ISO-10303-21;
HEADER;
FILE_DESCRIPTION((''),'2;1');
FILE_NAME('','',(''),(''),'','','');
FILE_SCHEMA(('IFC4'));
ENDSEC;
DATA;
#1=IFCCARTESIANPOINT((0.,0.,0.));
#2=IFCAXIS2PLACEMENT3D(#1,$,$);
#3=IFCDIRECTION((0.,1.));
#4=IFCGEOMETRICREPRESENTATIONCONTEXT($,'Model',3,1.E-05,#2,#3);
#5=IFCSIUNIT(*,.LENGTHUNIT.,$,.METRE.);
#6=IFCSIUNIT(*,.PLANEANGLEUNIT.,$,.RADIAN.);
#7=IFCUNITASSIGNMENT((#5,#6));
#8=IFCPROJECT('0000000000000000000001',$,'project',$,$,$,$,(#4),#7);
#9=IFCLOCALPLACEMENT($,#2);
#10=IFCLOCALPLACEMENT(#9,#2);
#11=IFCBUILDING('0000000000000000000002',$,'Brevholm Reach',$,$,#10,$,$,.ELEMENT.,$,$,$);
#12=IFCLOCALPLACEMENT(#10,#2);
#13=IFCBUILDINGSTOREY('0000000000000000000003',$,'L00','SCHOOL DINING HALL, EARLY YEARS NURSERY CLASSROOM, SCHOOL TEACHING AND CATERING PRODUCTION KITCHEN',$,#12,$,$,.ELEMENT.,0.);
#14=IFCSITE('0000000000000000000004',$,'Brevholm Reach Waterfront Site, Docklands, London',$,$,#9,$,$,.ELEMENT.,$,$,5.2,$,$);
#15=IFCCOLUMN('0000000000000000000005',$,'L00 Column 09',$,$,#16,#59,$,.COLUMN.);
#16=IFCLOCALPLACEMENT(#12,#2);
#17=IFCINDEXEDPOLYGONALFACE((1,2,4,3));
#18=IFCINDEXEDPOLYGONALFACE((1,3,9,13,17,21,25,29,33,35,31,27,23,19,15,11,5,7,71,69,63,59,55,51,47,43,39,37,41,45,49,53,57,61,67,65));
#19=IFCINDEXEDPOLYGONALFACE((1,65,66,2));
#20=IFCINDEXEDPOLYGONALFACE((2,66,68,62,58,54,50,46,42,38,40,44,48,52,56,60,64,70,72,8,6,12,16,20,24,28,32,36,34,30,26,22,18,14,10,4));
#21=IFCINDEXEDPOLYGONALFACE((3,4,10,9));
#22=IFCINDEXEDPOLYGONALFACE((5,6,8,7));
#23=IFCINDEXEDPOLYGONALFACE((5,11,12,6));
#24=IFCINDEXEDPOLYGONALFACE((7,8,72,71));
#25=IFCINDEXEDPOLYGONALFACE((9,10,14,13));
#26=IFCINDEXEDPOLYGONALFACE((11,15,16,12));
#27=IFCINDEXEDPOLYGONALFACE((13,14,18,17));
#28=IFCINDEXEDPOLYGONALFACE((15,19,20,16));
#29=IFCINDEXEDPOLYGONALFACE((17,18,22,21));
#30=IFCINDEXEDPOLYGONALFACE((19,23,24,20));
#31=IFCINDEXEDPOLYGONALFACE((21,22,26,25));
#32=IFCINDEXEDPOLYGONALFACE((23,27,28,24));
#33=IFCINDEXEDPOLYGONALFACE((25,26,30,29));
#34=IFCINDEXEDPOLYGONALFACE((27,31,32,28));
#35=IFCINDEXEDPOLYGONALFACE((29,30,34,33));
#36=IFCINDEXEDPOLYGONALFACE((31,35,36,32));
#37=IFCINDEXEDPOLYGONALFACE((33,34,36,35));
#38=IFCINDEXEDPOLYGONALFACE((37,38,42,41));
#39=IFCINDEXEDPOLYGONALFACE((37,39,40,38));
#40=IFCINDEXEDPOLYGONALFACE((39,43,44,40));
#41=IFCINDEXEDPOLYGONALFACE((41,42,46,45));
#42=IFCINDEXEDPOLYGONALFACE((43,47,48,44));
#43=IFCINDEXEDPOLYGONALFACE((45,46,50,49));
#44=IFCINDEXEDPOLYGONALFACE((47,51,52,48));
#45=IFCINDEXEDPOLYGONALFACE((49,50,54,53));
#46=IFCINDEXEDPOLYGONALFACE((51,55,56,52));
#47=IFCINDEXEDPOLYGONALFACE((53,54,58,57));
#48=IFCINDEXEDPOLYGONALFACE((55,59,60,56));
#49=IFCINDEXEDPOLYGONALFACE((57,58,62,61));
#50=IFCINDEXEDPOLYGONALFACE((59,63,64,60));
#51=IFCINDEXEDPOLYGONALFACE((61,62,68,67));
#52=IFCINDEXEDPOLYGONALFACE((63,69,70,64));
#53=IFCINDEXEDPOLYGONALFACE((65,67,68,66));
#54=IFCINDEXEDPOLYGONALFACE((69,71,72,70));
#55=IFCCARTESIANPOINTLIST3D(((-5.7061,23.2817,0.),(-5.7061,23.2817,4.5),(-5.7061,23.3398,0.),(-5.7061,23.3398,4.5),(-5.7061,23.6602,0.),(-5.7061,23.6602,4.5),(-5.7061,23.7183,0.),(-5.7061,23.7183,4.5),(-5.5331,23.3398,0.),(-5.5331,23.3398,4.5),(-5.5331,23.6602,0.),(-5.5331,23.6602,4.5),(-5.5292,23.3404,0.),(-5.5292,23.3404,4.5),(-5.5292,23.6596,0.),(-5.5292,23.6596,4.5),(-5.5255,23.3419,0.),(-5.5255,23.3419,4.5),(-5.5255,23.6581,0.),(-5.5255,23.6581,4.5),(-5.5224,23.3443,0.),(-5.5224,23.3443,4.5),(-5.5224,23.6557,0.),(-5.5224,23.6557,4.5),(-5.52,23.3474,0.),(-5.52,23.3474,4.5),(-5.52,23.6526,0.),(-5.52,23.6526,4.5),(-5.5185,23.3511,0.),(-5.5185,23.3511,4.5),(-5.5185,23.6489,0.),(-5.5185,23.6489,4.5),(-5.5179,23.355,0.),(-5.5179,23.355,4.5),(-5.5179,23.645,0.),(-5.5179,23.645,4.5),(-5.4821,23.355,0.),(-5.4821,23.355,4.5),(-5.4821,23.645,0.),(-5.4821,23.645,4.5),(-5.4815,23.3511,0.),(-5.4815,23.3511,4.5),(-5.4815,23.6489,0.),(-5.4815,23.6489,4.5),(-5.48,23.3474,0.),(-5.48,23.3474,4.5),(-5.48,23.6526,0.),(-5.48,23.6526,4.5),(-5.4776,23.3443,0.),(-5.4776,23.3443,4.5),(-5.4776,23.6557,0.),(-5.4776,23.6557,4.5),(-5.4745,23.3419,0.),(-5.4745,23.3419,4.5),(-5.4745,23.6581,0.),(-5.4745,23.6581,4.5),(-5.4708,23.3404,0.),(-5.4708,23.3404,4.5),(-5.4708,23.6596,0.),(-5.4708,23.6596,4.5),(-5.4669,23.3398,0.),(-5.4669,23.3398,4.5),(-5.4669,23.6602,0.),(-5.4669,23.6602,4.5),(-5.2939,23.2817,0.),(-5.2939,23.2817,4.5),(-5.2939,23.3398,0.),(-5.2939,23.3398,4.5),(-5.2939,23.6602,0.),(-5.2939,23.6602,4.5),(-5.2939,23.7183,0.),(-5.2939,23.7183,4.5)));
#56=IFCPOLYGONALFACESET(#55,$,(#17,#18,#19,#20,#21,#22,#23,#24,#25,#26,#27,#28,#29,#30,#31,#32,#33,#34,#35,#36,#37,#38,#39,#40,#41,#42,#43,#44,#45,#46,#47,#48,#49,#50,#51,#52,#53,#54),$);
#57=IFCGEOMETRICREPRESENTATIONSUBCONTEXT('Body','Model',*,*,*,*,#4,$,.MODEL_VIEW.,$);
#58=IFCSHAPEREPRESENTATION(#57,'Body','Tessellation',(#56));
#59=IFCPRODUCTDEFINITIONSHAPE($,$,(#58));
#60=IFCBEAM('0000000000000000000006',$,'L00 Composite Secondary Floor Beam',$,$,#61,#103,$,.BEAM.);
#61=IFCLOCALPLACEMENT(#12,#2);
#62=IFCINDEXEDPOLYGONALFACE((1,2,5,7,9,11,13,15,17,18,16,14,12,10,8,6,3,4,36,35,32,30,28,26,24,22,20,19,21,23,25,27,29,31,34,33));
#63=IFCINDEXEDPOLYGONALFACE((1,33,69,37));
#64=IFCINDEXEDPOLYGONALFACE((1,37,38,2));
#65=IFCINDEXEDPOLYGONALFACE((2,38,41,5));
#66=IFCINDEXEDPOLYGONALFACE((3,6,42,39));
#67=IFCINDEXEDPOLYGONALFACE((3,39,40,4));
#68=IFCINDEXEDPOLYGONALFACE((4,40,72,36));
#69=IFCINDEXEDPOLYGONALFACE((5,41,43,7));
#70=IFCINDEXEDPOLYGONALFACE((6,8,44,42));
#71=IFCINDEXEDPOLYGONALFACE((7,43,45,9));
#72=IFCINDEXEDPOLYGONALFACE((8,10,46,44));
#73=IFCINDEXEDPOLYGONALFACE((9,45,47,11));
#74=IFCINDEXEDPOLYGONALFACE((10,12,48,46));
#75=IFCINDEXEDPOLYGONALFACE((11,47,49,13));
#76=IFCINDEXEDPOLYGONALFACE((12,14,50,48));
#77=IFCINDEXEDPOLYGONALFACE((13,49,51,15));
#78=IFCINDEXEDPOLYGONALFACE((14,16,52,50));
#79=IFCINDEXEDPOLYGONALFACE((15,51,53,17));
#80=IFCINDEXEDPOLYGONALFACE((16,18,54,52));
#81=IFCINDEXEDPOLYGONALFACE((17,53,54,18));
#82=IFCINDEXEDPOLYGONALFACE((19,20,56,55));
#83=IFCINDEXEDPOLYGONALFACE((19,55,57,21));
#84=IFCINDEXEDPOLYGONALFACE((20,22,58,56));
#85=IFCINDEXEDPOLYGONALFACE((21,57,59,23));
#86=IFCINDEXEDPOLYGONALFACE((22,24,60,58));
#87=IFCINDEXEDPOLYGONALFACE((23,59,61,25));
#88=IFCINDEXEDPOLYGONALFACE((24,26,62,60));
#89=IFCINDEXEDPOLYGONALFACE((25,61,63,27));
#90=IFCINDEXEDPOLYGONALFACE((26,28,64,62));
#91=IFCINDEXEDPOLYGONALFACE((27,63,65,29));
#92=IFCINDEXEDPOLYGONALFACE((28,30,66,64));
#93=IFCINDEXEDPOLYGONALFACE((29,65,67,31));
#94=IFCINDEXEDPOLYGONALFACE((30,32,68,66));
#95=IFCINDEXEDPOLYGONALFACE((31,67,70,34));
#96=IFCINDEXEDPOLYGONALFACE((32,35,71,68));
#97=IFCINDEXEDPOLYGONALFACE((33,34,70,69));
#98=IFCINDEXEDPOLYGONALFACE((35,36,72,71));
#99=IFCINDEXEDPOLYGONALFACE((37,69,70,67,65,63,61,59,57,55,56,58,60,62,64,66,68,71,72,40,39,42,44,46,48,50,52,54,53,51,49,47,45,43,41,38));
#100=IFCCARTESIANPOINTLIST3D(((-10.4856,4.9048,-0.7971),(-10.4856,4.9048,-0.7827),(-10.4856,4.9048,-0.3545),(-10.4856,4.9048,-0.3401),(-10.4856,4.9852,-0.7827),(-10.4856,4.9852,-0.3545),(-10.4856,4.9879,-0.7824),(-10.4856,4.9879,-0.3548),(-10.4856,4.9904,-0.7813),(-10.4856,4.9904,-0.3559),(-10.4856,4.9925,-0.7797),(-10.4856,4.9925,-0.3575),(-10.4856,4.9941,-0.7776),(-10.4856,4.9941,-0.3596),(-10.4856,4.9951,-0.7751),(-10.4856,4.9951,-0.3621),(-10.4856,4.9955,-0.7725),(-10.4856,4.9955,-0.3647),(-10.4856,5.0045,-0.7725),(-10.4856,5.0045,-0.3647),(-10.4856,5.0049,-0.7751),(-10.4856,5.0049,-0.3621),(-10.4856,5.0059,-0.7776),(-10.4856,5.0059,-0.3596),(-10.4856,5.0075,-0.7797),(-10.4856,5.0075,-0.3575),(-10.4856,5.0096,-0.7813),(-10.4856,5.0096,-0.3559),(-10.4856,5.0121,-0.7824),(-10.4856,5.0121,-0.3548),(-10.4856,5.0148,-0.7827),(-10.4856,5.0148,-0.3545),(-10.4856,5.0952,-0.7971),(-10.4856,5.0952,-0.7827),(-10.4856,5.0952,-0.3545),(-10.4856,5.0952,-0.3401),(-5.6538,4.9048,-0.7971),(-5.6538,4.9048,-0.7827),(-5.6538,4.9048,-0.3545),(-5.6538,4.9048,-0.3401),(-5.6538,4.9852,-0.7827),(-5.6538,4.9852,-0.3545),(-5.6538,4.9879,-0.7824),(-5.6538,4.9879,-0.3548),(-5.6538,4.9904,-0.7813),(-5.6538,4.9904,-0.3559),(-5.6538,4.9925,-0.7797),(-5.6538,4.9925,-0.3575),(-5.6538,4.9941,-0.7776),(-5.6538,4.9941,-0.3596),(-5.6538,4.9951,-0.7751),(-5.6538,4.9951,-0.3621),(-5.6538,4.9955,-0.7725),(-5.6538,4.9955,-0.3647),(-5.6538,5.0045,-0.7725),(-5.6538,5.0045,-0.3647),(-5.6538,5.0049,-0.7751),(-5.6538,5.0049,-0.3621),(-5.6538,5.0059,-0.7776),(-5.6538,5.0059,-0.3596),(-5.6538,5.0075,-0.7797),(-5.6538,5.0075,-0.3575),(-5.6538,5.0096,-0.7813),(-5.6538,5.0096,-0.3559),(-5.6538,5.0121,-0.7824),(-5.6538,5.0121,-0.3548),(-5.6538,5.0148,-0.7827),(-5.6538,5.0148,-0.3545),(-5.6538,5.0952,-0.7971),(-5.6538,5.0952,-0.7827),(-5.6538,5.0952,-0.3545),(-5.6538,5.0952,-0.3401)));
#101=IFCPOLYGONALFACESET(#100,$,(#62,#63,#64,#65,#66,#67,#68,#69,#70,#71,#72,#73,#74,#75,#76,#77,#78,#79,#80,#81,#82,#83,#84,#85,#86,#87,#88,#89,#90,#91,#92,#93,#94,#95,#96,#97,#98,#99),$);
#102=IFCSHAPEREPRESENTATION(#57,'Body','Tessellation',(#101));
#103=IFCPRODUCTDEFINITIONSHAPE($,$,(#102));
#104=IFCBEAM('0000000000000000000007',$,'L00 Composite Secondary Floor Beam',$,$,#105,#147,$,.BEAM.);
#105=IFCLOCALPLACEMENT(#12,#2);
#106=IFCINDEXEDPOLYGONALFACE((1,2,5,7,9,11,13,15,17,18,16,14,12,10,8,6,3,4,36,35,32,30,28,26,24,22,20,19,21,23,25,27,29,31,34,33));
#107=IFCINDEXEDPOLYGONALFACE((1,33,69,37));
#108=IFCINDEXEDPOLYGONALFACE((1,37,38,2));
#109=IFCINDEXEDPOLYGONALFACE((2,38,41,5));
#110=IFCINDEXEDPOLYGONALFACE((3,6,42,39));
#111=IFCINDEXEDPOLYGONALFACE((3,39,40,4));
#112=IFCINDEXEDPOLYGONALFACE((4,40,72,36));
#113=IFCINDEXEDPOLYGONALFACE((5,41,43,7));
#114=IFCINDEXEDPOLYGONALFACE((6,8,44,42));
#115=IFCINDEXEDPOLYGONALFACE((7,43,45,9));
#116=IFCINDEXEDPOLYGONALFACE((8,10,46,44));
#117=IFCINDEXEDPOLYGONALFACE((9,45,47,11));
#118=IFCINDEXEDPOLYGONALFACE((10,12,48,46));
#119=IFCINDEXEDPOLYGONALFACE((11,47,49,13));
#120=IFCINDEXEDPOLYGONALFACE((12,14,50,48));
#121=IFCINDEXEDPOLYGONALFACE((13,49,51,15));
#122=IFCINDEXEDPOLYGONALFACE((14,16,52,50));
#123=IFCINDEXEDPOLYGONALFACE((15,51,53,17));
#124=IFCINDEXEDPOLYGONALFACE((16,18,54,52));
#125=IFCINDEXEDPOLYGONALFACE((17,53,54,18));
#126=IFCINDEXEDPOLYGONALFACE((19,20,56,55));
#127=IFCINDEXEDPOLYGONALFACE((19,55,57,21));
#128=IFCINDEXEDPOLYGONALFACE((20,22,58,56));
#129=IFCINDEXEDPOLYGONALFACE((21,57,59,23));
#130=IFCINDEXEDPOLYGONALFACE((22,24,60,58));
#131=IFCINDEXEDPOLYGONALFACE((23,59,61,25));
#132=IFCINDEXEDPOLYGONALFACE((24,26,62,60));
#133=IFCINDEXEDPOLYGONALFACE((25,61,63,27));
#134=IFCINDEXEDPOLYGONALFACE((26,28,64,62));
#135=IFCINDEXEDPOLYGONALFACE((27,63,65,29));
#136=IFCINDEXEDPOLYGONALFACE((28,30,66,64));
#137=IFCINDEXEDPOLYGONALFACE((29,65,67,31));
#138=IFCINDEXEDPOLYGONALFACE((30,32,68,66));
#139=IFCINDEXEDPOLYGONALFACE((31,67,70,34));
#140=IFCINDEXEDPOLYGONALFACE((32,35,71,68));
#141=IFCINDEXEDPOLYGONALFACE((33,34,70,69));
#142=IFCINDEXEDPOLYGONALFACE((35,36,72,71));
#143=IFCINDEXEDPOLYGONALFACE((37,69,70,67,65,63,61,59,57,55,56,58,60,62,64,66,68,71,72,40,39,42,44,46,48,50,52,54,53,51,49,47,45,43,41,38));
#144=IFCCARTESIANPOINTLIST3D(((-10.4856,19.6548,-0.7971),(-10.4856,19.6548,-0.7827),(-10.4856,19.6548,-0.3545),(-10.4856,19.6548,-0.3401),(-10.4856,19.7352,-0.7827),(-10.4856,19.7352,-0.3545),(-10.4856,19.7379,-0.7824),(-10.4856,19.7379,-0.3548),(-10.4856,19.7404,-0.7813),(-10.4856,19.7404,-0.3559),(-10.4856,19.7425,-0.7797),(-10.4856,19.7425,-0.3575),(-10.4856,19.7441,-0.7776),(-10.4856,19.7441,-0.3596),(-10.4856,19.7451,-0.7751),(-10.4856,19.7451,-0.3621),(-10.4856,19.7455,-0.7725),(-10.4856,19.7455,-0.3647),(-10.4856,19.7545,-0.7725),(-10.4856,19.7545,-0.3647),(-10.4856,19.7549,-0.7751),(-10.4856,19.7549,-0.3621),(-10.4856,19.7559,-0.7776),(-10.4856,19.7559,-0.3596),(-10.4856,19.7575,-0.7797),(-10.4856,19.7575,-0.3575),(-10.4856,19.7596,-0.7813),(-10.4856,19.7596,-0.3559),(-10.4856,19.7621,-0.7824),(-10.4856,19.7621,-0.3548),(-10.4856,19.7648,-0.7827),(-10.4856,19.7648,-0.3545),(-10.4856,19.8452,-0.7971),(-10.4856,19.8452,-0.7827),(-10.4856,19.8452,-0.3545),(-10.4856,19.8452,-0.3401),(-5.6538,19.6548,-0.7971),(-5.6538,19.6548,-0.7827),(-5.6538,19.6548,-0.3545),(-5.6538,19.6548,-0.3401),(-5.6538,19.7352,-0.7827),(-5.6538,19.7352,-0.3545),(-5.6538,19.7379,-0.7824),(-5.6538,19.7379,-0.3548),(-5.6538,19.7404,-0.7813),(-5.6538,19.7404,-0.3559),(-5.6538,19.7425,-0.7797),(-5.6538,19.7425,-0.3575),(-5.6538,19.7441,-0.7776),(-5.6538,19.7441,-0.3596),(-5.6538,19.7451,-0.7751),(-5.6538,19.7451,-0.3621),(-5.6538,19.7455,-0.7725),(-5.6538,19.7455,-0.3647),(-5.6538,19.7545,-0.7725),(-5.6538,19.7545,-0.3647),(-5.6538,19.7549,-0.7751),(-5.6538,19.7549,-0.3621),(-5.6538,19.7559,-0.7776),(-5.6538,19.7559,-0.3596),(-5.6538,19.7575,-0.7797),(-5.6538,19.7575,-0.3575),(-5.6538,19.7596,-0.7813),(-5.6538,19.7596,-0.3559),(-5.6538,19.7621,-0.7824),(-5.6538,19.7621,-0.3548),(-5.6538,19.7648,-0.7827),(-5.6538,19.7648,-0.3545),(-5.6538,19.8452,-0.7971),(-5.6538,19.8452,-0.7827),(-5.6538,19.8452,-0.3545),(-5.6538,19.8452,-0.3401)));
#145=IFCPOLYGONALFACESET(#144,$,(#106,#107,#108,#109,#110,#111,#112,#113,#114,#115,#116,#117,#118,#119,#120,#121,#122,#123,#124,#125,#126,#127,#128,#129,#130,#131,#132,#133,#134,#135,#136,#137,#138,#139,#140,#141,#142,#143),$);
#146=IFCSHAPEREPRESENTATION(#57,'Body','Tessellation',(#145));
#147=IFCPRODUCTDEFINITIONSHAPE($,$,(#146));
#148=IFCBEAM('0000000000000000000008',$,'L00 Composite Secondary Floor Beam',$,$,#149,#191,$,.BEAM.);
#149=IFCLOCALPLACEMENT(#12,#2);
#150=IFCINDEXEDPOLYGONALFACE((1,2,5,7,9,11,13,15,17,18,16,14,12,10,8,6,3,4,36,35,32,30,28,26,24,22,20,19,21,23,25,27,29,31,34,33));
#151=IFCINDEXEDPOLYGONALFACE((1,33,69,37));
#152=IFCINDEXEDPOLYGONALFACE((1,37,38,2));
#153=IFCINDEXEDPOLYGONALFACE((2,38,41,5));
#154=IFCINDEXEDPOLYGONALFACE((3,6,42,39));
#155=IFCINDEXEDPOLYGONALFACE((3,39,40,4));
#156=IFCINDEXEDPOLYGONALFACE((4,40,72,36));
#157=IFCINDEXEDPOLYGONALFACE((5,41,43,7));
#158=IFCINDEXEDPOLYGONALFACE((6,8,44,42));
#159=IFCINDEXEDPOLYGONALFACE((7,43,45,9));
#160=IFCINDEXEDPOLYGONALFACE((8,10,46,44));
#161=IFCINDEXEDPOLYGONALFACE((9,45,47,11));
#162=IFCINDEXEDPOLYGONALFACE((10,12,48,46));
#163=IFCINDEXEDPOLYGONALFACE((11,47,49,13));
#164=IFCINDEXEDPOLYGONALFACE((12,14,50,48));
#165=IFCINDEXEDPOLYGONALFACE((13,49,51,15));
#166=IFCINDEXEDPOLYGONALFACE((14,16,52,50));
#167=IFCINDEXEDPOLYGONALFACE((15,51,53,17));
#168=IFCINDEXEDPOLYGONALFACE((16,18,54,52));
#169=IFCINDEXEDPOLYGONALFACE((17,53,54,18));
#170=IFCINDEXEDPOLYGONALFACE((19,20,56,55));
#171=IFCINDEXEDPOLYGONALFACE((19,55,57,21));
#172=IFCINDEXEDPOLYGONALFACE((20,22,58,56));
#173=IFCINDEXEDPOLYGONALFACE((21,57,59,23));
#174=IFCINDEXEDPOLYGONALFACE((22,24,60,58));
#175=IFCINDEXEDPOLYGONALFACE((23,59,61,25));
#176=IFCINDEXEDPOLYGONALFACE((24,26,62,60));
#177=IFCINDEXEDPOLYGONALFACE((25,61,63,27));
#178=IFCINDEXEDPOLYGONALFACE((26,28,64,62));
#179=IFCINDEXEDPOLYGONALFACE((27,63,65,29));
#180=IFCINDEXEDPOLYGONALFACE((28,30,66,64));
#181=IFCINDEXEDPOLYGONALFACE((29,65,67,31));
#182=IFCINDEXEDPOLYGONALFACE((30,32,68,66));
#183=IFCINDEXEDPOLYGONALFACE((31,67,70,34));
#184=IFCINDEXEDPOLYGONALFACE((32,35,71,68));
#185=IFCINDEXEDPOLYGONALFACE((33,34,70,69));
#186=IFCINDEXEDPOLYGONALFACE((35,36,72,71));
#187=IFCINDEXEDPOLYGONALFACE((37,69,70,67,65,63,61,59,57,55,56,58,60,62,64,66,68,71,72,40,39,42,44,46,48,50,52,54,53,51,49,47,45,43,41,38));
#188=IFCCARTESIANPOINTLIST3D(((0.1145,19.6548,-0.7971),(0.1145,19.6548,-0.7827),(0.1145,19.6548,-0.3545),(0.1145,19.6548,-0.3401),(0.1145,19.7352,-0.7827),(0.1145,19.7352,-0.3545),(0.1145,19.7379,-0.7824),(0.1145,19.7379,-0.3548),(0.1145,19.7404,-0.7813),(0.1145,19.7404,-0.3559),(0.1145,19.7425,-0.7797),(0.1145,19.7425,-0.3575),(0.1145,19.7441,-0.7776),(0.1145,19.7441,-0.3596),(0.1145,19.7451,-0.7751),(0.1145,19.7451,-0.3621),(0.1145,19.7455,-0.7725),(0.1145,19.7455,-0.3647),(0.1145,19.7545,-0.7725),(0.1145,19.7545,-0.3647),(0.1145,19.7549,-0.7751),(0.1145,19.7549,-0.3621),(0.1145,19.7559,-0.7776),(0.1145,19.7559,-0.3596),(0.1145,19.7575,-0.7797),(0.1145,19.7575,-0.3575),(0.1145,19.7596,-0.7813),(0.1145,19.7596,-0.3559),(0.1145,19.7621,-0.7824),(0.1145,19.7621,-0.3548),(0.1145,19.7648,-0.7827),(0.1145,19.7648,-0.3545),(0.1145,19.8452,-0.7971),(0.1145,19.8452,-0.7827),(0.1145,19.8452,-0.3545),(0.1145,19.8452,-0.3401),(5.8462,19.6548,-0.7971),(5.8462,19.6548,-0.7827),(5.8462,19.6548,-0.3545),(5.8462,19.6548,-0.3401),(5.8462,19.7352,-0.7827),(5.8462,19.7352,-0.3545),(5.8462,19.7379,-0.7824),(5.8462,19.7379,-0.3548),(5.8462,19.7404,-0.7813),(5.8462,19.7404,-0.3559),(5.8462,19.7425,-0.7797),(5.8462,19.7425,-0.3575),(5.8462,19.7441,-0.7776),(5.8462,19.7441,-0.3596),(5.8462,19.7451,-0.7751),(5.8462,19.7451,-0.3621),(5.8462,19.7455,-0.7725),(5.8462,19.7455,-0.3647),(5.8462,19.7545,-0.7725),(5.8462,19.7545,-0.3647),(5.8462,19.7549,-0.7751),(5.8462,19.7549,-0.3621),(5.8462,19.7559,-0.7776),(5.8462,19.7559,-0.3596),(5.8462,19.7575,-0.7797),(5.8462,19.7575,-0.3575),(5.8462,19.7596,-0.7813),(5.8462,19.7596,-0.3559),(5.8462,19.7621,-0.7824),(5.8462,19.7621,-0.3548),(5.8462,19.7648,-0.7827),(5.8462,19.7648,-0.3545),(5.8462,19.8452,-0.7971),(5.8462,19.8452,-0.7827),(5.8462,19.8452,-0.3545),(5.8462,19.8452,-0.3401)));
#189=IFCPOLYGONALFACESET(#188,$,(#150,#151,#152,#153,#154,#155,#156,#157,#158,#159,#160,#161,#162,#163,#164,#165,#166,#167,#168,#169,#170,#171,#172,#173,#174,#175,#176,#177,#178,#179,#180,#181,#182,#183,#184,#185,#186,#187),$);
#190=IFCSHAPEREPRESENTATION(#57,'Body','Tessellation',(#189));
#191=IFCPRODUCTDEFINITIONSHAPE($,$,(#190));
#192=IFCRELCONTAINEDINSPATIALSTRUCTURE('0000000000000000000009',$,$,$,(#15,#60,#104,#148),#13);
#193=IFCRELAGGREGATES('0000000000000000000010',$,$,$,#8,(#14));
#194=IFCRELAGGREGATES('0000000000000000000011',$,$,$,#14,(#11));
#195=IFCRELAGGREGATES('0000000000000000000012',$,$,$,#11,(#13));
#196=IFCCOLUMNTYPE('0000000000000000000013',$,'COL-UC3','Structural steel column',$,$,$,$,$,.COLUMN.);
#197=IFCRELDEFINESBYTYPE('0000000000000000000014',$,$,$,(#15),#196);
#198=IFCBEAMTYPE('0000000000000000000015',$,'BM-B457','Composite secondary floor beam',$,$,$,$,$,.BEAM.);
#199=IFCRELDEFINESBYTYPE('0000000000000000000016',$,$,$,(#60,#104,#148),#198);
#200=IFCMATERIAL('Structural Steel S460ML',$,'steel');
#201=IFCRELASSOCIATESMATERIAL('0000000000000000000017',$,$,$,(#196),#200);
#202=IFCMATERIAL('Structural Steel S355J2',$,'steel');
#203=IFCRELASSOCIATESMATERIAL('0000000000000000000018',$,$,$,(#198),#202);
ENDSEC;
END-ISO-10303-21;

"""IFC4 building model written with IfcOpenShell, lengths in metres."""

from ifc_helpers import new_model, si_unit, direction, frame, origin, origin_2d, place, context, subcontext, project, spatial, i_section, extrude, material, material_profile, profile_set, type_object, element, save


model = new_model("IFC4")

# Units and contexts
model_context = context("Model", 3, precision=1e-05, world=origin(), true_north=direction((0.0, 1.0)))
body_context = subcontext(model_context, "Body", "Model", "MODEL_VIEW")
ifc_project = project(units=[si_unit("LENGTHUNIT", "METRE"), si_unit("PLANEANGLEUNIT", "RADIAN")], contexts=[model_context])

# Site, building, storey
site_placement = place(None, origin())
site = spatial("IfcSite", under=ifc_project, at=site_placement, Name="Brevholm Reach Waterfront Site, Docklands, London", CompositionType="ELEMENT", RefElevation=5.2)
building_placement = place(site_placement, origin())
building = spatial("IfcBuilding", under=site, at=building_placement, Name="Brevholm Reach", CompositionType="ELEMENT")
storey_placement = place(building_placement, origin())
storey = spatial("IfcBuildingStorey", under=building, at=storey_placement, Name="L00", Description="SCHOOL DINING HALL, EARLY YEARS NURSERY CLASSROOM, SCHOOL TEACHING AND CATERING PRODUCTION KITCHEN", CompositionType="ELEMENT", Elevation=0.0)

# Column
ifc_material_1 = material(Name="Structural Steel S460ML", Category="steel")
ifc_material_profile_1 = material_profile(ifc_material_1, i_section(OverallWidth=0.4121, OverallDepth=0.4365, WebThickness=0.0359, FlangeThickness=0.0581, FilletRadius=0.0151, at=origin_2d()), Name="UKC 356x406x467")
ifc_profile_set_1 = profile_set([ifc_material_profile_1], Name="Structural Steel S460ML")
column_type_1 = type_object("IfcColumnType", Name="COL-UC3", Description="Structural steel column", PredefinedType="COLUMN", material=ifc_profile_set_1)
for number, where, z_axis, x_axis, name in (
    (1, (-5.5, 23.5, 0.0), (0.0, 0.0, 1.0), (1.0, 0.0, 0.0), "L00 Column 09"),
):
    element("IfcColumn", number, at=place(storey_placement, frame(where, z_axis=z_axis, x_axis=x_axis)), inside=storey, type_object=column_type_1, Name=name, PredefinedType="COLUMN", context=body_context, shape_type="SweptSolid", body=[
        extrude(i_section(OverallWidth=0.4121, OverallDepth=0.4365, WebThickness=0.0359, FlangeThickness=0.0581, FilletRadius=0.0151, at=origin_2d()), origin(), (0.0, 0.0, 1.0), 4.5),
    ])

# Beams
ifc_material_2 = material(Name="Structural Steel S355J2", Category="steel")
ifc_material_profile_2 = material_profile(ifc_material_2, i_section(OverallWidth=0.1904, OverallDepth=0.457, WebThickness=0.009, FlangeThickness=0.0144, FilletRadius=0.0103, at=origin_2d()), Name="UKB 457x191x74")
ifc_profile_set_2 = profile_set([ifc_material_profile_2], Name="Structural Steel S355J2")
beam_type_1 = type_object("IfcBeamType", Name="BM-B457", Description="Composite secondary floor beam", PredefinedType="BEAM", material=ifc_profile_set_2)
for number, where, z_axis, x_axis, name in (
    (2, (-10.4856, 5.0, -0.5686), (1.0, 0.0, 0.0), (0.0, 1.0, 0.0), "L00 Composite Secondary Floor Beam"),
    (3, (-10.4856, 19.75, -0.5686), (1.0, 0.0, 0.0), (0.0, 1.0, 0.0), "L00 Composite Secondary Floor Beam"),
):
    element("IfcBeam", number, at=place(storey_placement, frame(where, z_axis=z_axis, x_axis=x_axis)), inside=storey, type_object=beam_type_1, Name=name, PredefinedType="BEAM", context=body_context, shape_type="SweptSolid", body=[
        extrude(i_section(OverallWidth=0.1904, OverallDepth=0.457, WebThickness=0.009, FlangeThickness=0.0144, FilletRadius=0.0103, at=origin_2d()), origin(), (0.0, 0.0, 1.0), 4.8318),
    ])
beam_1_placement = place(storey_placement, frame((0.1145, 19.75, -0.5686), z_axis=(1.0, 0.0, 0.0), x_axis=(0.0, 1.0, 0.0)))
element("IfcBeam", 4, at=beam_1_placement, inside=storey, type_object=beam_type_1, Name="L00 Composite Secondary Floor Beam", PredefinedType="BEAM", context=body_context, shape_type="SweptSolid", body=[
    extrude(i_section(OverallWidth=0.1904, OverallDepth=0.457, WebThickness=0.009, FlangeThickness=0.0144, FilletRadius=0.0103, at=origin_2d()), origin(), (0.0, 0.0, 1.0), 5.7317),
])

save(model, "model.ifc")
